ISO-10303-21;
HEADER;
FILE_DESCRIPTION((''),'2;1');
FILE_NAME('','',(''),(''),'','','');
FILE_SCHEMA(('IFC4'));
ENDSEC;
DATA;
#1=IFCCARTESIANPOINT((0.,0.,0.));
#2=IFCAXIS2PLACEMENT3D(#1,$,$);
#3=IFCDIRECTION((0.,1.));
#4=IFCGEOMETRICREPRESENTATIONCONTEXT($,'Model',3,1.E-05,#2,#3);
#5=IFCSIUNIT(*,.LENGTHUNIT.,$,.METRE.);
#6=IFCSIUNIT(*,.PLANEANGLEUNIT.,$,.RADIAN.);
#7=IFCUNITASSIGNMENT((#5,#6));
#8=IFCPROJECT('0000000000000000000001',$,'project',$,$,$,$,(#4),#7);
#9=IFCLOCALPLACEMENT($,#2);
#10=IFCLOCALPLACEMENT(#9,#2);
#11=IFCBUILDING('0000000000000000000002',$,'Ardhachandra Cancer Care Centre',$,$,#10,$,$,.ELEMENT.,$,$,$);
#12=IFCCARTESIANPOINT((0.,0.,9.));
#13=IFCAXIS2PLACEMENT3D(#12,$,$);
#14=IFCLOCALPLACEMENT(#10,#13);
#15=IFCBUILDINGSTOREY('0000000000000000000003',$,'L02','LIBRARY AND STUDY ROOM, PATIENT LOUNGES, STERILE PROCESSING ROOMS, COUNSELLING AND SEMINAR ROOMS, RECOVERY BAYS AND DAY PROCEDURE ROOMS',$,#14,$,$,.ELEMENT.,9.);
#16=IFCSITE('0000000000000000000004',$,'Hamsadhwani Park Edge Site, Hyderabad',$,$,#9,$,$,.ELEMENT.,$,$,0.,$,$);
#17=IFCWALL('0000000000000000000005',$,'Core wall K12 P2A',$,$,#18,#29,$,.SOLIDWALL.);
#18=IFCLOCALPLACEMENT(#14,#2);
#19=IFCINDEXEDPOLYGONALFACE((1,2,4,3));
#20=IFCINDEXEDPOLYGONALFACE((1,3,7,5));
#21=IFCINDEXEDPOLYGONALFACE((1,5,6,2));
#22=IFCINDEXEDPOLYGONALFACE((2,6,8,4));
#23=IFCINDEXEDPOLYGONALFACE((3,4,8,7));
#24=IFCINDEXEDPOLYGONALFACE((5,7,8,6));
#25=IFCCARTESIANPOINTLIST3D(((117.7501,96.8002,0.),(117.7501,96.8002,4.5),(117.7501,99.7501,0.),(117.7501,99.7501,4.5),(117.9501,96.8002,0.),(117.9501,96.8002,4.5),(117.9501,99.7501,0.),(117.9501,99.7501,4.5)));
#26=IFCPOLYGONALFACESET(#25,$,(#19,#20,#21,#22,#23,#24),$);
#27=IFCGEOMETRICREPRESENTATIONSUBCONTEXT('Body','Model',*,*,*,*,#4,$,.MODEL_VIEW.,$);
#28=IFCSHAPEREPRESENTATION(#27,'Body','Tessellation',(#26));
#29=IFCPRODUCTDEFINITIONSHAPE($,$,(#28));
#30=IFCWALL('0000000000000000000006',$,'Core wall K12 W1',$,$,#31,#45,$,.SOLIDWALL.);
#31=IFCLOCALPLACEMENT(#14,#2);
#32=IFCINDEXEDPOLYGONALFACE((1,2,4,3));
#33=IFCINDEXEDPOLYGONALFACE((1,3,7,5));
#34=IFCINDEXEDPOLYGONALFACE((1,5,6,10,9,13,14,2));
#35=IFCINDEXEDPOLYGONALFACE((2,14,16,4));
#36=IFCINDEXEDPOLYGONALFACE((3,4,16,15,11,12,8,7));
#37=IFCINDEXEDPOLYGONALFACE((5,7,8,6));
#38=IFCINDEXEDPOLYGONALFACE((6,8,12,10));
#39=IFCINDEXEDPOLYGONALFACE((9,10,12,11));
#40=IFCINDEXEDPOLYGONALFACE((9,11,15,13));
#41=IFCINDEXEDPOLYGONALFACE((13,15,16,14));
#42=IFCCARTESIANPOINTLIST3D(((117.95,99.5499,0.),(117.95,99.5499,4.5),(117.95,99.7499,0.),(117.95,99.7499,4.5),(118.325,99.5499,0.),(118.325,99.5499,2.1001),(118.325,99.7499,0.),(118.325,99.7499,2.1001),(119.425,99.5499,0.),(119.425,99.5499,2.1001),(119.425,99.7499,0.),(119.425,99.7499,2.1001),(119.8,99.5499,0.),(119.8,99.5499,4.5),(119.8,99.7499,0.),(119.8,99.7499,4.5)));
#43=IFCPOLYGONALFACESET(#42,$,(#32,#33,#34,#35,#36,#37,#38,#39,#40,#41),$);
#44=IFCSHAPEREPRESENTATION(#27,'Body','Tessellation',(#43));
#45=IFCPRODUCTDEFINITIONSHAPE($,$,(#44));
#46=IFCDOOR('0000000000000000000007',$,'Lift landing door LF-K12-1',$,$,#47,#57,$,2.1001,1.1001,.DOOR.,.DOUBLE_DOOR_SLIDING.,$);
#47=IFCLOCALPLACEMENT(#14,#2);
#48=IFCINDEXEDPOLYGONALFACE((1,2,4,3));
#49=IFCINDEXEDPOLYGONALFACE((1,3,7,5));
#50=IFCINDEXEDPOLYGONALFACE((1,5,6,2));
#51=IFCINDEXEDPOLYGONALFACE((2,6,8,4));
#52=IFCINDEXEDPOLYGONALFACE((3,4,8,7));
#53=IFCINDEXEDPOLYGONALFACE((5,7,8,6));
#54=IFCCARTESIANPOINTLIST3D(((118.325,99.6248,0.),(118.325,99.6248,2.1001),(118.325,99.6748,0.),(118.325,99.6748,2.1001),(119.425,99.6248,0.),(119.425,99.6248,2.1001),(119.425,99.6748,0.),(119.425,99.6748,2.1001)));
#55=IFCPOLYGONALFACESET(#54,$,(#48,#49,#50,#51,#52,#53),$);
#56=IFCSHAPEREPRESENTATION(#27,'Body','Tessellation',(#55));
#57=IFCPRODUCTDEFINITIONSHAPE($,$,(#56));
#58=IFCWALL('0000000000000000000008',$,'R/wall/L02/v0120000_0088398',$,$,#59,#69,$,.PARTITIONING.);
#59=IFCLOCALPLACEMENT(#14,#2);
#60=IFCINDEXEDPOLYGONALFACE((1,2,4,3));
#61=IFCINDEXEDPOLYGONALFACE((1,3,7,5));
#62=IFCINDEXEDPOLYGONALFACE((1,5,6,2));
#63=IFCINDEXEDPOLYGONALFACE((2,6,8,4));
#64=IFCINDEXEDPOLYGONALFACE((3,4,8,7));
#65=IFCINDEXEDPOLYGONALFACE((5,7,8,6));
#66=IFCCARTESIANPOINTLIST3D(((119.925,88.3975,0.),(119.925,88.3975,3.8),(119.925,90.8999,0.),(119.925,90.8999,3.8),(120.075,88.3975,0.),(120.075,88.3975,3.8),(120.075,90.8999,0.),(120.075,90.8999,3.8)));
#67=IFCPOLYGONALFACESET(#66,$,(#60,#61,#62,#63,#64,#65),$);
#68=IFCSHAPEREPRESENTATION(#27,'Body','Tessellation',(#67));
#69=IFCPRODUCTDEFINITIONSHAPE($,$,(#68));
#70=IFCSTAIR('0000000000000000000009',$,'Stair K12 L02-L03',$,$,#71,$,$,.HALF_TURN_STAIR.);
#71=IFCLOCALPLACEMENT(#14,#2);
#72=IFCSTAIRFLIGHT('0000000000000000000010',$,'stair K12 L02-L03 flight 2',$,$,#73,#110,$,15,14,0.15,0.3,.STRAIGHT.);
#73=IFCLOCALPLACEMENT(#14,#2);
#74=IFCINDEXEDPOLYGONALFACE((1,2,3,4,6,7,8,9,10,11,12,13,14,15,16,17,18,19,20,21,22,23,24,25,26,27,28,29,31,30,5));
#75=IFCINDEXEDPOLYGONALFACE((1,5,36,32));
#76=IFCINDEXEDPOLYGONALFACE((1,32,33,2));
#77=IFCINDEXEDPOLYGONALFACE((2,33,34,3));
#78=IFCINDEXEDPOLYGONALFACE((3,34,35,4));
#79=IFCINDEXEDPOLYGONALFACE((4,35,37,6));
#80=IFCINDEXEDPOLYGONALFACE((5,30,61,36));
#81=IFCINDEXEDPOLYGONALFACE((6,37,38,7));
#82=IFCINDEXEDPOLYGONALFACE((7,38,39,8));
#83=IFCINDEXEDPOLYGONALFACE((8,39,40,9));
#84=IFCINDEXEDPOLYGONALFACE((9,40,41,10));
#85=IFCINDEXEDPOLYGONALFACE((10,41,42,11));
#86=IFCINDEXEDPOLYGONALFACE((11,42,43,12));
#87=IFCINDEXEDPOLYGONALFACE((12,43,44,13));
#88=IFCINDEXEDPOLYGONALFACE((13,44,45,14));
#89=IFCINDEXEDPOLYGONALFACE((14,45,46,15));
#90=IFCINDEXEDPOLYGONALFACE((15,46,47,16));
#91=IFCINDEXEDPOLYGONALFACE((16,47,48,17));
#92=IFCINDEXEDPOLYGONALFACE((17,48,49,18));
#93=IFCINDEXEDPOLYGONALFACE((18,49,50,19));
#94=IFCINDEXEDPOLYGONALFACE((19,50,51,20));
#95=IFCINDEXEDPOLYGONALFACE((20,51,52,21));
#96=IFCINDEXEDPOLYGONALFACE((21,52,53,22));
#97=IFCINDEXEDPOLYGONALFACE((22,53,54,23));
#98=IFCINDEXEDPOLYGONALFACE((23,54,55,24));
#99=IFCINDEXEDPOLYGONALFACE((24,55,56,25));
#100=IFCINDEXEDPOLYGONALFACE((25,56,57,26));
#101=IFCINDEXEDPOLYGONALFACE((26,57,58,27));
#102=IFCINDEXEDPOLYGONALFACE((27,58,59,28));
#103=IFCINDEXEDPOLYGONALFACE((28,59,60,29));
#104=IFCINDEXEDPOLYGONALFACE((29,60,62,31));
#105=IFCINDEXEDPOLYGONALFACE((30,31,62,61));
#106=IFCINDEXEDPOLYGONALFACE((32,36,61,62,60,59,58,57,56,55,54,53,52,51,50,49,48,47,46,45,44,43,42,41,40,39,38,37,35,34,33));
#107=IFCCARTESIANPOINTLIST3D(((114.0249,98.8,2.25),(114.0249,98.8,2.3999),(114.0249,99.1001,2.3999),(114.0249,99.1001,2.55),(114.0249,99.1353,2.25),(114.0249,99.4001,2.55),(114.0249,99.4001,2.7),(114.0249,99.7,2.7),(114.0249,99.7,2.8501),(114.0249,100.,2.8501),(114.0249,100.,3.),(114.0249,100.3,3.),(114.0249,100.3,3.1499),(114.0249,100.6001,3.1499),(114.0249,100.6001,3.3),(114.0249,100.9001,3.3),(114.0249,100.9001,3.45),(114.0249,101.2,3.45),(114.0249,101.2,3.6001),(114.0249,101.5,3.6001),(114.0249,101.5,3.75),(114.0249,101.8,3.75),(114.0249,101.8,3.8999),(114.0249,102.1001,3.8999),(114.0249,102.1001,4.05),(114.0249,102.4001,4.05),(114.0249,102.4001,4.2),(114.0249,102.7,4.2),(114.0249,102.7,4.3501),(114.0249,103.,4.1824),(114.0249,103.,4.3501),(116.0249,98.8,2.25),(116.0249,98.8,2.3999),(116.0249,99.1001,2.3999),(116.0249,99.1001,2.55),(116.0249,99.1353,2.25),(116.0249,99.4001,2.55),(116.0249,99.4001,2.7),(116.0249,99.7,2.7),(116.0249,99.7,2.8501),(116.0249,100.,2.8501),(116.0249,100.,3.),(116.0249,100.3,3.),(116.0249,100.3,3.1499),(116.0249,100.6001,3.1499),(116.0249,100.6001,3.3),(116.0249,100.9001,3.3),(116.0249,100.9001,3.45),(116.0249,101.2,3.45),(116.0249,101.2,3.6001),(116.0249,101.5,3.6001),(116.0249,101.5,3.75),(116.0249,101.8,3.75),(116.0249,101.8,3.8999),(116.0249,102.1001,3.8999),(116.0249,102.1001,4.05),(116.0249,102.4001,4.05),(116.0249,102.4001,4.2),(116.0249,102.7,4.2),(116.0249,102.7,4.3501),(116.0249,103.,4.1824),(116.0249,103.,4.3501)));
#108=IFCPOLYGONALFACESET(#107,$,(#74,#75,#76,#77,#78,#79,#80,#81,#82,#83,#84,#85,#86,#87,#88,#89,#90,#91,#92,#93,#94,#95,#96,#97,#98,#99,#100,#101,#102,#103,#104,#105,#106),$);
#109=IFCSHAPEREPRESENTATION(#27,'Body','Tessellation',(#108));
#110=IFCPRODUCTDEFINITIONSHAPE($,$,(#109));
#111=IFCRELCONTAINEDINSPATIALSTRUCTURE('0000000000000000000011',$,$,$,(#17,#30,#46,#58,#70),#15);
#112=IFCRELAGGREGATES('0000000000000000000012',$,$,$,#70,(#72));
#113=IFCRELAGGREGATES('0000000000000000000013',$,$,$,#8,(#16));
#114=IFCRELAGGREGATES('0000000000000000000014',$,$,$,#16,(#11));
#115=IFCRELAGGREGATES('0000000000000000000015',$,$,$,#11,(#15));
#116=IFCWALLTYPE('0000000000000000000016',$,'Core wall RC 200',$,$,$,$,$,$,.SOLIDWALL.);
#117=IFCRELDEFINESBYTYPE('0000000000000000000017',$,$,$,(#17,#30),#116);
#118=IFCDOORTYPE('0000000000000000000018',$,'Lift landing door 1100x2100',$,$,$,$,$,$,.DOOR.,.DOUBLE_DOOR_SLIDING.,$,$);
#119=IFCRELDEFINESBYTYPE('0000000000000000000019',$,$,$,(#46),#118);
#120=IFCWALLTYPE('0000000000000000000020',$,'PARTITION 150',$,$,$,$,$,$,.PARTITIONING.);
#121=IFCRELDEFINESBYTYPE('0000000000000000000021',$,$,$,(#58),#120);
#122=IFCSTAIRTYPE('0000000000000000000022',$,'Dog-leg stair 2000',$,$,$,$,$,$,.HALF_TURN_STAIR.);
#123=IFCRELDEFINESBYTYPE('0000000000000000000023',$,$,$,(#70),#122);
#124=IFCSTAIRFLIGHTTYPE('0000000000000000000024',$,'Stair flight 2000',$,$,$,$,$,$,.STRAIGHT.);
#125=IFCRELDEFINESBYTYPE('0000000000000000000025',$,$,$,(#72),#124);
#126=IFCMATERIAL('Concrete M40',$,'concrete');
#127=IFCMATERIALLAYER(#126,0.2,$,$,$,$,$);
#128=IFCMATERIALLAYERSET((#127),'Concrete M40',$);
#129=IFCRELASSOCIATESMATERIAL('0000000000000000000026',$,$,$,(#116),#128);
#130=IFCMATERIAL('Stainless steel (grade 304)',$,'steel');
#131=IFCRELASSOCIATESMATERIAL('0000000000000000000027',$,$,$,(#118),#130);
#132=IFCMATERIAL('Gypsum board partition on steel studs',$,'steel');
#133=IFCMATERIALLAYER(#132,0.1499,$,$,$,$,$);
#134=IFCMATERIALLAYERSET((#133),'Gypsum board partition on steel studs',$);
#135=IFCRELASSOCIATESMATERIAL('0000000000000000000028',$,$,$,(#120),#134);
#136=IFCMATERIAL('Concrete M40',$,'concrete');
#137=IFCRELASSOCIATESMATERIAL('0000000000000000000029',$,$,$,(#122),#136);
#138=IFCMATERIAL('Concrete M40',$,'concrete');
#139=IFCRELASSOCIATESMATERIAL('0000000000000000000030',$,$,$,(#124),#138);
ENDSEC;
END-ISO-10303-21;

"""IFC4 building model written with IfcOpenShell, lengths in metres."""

from ifc_helpers import new_model, si_unit, direction, frame, frame_2d, origin, place, context, subcontext, project, spatial, polyline, rectangle, outline, extrude, material, layer, layer_set, type_object, element, fill, aggregate, save


model = new_model("IFC4")

# Units and contexts
model_context = context("Model", 3, precision=1e-05, world=origin(), true_north=direction((0.0, 1.0)))
body_context = subcontext(model_context, "Body", "Model", "MODEL_VIEW")
ifc_project = project(units=[si_unit("LENGTHUNIT", "METRE"), si_unit("PLANEANGLEUNIT", "RADIAN")], contexts=[model_context])

# Site, building, storey
site_placement = place(None, origin())
site = spatial("IfcSite", under=ifc_project, at=site_placement, Name="Hamsadhwani Park Edge Site, Hyderabad", CompositionType="ELEMENT", RefElevation=0.0)
building_placement = place(site_placement, origin())
building = spatial("IfcBuilding", under=site, at=building_placement, Name="Ardhachandra Cancer Care Centre", CompositionType="ELEMENT")
storey_placement = place(building_placement, frame((0.0, 0.0, 9.0)))
storey = spatial("IfcBuildingStorey", under=building, at=storey_placement, Name="L02", Description="LIBRARY AND STUDY ROOM, PATIENT LOUNGES, STERILE PROCESSING ROOMS, COUNSELLING AND SEMINAR ROOMS, RECOVERY BAYS AND DAY PROCEDURE ROOMS", CompositionType="ELEMENT", Elevation=9.0)

# Shared definitions
ifc_material_1 = material(Name="Concrete M40", Category="concrete")
ifc_layer_1 = layer(ifc_material_1, 0.2)
ifc_layer_set_1 = layer_set([ifc_layer_1], Name="Concrete M40")
wall_type_1 = type_object("IfcWallType", Name="Core wall RC 200", PredefinedType="SOLIDWALL", material=ifc_layer_set_1)

# Wall
wall_1_placement = place(storey_placement, frame((117.8501, 96.8, 0.0), z_axis=(0.0, 0.0, 1.0), x_axis=(0.0, 1.0, 0.0)))
element("IfcWall", 1, at=wall_1_placement, inside=storey, type_object=wall_type_1, Name="Core wall K12 P2A", PredefinedType="SOLIDWALL", context=body_context, shape_type="SweptSolid", body=[
    extrude(rectangle(XDim=2.95, YDim=0.2, at=frame_2d((1.4751, 0.0))), origin(), (0.0, 0.0, 1.0), 4.5),
])

# Wall, opening, door
wall_2_placement = place(storey_placement, frame((117.95, 99.6499, 0.0), z_axis=(0.0, 0.0, 1.0), x_axis=(1.0, 0.0, 0.0)))
wall_2 = element("IfcWall", 2, at=wall_2_placement, inside=storey, type_object=wall_type_1, Name="Core wall K12 W1", PredefinedType="SOLIDWALL", context=body_context, shape_type="SweptSolid", body=[
    extrude(rectangle(XDim=1.8501, YDim=0.2, at=frame_2d((0.925, 0.0))), origin(), (0.0, 0.0, 1.0), 4.5),
])
opening_1_placement = place(wall_2_placement, frame((0.375, 0.0, 0.0)))
opening_1 = element("IfcOpeningElement", 3, at=opening_1_placement, cuts=wall_2, PredefinedType="OPENING", context=body_context, shape_type="SweptSolid", body=[
    extrude(rectangle(XDim=1.1001, YDim=2.1001, at=frame_2d((0.55, 1.05))), frame((0.0, 0.1099, 0.0), z_axis=(0.0, -1.0, 0.0), x_axis=(1.0, 0.0, 0.0)), (0.0, 0.0, 1.0), 0.22),
])
ifc_material_2 = material(Name="Stainless steel (grade 304)", Category="steel")
door_type_1 = type_object("IfcDoorType", Name="Lift landing door 1100x2100", OperationType="DOUBLE_DOOR_SLIDING", PredefinedType="DOOR", material=ifc_material_2)
door_1_placement = place(opening_1_placement, origin())
door_1 = element("IfcDoor", 4, at=door_1_placement, inside=storey, type_object=door_type_1, Name="Lift landing door LF-K12-1", OperationType="DOUBLE_DOOR_SLIDING", OverallHeight=2.1001, OverallWidth=1.1001, PredefinedType="DOOR", context=body_context, shape_type="SweptSolid", body=[
    extrude(rectangle(XDim=1.1001, YDim=2.1001, at=frame_2d((0.55, 1.05))), frame((0.0, 0.0249, 0.0), z_axis=(0.0, -1.0, 0.0), x_axis=(1.0, 0.0, 0.0)), (0.0, 0.0, 1.0), 0.05),
])
fill(opening_1, door_1)

# Wall
ifc_material_3 = material(Name="Gypsum board partition on steel studs", Category="steel")
ifc_layer_2 = layer(ifc_material_3, 0.1499)
ifc_layer_set_2 = layer_set([ifc_layer_2], Name="Gypsum board partition on steel studs")
wall_type_2 = type_object("IfcWallType", Name="PARTITION 150", PredefinedType="PARTITIONING", material=ifc_layer_set_2)
wall_3_placement = place(storey_placement, frame((120.0, 88.3975, 0.0), z_axis=(0.0, 0.0, 1.0), x_axis=(0.0, 1.0, 0.0)))
element("IfcWall", 5, at=wall_3_placement, inside=storey, type_object=wall_type_2, Name="R/wall/L02/v0120000_0088398", PredefinedType="PARTITIONING", context=body_context, shape_type="SweptSolid", body=[
    extrude(rectangle(XDim=2.5024, YDim=0.1499, at=frame_2d((1.2512, 0.0))), origin(), (0.0, 0.0, 1.0), 3.8),
])

# Stair, stair flight
ifc_material_4 = material(Name="Concrete M40", Category="concrete")
stair_type = type_object("IfcStairType", Name="Dog-leg stair 2000", PredefinedType="HALF_TURN_STAIR", material=ifc_material_4)
stair_placement = place(storey_placement, origin())
stair = element("IfcStair", 6, at=stair_placement, inside=storey, type_object=stair_type, Name="Stair K12 L02-L03", PredefinedType="HALF_TURN_STAIR")
ifc_material_5 = material(Name="Concrete M40", Category="concrete")
stair_flight_type = type_object("IfcStairFlightType", Name="Stair flight 2000", PredefinedType="STRAIGHT", material=ifc_material_5)
stair_flight_placement = place(storey_placement, frame((115.0249, 98.8, 2.25), z_axis=(0.0, 0.0, 1.0), x_axis=(0.0, 1.0, 0.0)))
stair_flight = element("IfcStairFlight", 7, at=stair_flight_placement, type_object=stair_flight_type, Name="stair K12 L02-L03 flight 2", NumberOfRisers=15, NumberOfTreads=14, PredefinedType="STRAIGHT", RiserHeight=0.15, TreadLength=0.3, context=body_context, shape_type="SweptSolid", body=[
    extrude(outline(polyline([(0.0, 0.0), (0.0, 0.1499), (0.3, 0.1499), (0.3, 0.3), (0.6001, 0.3), (0.6001, 0.45), (0.8999, 0.45), (0.8999, 0.6001), (1.2, 0.6001), (1.2, 0.75), (1.5, 0.75), (1.5, 0.8999), (1.8, 0.8999), (1.8, 1.05), (2.1001, 1.05), (2.1001, 1.2), (2.3999, 1.2), (2.3999, 1.3501), (2.7, 1.3501), (2.7, 1.5), (3.0, 1.5), (3.0, 1.6499), (3.3, 1.6499), (3.3, 1.8), (3.6001, 1.8), (3.6001, 1.95), (3.8999, 1.95), (3.8999, 2.1001), (4.2, 2.1001), (4.2, 2.25), (4.2, 1.9324), (0.3352, 0.0), (0.0, 0.0)])), frame((0.0, 1.0, 0.0), z_axis=(0.0, -1.0, 0.0), x_axis=(1.0, 0.0, 0.0)), (0.0, 0.0, 1.0), 2.0),
])
aggregate(stair, [stair_flight])

save(model, "model.ifc")
